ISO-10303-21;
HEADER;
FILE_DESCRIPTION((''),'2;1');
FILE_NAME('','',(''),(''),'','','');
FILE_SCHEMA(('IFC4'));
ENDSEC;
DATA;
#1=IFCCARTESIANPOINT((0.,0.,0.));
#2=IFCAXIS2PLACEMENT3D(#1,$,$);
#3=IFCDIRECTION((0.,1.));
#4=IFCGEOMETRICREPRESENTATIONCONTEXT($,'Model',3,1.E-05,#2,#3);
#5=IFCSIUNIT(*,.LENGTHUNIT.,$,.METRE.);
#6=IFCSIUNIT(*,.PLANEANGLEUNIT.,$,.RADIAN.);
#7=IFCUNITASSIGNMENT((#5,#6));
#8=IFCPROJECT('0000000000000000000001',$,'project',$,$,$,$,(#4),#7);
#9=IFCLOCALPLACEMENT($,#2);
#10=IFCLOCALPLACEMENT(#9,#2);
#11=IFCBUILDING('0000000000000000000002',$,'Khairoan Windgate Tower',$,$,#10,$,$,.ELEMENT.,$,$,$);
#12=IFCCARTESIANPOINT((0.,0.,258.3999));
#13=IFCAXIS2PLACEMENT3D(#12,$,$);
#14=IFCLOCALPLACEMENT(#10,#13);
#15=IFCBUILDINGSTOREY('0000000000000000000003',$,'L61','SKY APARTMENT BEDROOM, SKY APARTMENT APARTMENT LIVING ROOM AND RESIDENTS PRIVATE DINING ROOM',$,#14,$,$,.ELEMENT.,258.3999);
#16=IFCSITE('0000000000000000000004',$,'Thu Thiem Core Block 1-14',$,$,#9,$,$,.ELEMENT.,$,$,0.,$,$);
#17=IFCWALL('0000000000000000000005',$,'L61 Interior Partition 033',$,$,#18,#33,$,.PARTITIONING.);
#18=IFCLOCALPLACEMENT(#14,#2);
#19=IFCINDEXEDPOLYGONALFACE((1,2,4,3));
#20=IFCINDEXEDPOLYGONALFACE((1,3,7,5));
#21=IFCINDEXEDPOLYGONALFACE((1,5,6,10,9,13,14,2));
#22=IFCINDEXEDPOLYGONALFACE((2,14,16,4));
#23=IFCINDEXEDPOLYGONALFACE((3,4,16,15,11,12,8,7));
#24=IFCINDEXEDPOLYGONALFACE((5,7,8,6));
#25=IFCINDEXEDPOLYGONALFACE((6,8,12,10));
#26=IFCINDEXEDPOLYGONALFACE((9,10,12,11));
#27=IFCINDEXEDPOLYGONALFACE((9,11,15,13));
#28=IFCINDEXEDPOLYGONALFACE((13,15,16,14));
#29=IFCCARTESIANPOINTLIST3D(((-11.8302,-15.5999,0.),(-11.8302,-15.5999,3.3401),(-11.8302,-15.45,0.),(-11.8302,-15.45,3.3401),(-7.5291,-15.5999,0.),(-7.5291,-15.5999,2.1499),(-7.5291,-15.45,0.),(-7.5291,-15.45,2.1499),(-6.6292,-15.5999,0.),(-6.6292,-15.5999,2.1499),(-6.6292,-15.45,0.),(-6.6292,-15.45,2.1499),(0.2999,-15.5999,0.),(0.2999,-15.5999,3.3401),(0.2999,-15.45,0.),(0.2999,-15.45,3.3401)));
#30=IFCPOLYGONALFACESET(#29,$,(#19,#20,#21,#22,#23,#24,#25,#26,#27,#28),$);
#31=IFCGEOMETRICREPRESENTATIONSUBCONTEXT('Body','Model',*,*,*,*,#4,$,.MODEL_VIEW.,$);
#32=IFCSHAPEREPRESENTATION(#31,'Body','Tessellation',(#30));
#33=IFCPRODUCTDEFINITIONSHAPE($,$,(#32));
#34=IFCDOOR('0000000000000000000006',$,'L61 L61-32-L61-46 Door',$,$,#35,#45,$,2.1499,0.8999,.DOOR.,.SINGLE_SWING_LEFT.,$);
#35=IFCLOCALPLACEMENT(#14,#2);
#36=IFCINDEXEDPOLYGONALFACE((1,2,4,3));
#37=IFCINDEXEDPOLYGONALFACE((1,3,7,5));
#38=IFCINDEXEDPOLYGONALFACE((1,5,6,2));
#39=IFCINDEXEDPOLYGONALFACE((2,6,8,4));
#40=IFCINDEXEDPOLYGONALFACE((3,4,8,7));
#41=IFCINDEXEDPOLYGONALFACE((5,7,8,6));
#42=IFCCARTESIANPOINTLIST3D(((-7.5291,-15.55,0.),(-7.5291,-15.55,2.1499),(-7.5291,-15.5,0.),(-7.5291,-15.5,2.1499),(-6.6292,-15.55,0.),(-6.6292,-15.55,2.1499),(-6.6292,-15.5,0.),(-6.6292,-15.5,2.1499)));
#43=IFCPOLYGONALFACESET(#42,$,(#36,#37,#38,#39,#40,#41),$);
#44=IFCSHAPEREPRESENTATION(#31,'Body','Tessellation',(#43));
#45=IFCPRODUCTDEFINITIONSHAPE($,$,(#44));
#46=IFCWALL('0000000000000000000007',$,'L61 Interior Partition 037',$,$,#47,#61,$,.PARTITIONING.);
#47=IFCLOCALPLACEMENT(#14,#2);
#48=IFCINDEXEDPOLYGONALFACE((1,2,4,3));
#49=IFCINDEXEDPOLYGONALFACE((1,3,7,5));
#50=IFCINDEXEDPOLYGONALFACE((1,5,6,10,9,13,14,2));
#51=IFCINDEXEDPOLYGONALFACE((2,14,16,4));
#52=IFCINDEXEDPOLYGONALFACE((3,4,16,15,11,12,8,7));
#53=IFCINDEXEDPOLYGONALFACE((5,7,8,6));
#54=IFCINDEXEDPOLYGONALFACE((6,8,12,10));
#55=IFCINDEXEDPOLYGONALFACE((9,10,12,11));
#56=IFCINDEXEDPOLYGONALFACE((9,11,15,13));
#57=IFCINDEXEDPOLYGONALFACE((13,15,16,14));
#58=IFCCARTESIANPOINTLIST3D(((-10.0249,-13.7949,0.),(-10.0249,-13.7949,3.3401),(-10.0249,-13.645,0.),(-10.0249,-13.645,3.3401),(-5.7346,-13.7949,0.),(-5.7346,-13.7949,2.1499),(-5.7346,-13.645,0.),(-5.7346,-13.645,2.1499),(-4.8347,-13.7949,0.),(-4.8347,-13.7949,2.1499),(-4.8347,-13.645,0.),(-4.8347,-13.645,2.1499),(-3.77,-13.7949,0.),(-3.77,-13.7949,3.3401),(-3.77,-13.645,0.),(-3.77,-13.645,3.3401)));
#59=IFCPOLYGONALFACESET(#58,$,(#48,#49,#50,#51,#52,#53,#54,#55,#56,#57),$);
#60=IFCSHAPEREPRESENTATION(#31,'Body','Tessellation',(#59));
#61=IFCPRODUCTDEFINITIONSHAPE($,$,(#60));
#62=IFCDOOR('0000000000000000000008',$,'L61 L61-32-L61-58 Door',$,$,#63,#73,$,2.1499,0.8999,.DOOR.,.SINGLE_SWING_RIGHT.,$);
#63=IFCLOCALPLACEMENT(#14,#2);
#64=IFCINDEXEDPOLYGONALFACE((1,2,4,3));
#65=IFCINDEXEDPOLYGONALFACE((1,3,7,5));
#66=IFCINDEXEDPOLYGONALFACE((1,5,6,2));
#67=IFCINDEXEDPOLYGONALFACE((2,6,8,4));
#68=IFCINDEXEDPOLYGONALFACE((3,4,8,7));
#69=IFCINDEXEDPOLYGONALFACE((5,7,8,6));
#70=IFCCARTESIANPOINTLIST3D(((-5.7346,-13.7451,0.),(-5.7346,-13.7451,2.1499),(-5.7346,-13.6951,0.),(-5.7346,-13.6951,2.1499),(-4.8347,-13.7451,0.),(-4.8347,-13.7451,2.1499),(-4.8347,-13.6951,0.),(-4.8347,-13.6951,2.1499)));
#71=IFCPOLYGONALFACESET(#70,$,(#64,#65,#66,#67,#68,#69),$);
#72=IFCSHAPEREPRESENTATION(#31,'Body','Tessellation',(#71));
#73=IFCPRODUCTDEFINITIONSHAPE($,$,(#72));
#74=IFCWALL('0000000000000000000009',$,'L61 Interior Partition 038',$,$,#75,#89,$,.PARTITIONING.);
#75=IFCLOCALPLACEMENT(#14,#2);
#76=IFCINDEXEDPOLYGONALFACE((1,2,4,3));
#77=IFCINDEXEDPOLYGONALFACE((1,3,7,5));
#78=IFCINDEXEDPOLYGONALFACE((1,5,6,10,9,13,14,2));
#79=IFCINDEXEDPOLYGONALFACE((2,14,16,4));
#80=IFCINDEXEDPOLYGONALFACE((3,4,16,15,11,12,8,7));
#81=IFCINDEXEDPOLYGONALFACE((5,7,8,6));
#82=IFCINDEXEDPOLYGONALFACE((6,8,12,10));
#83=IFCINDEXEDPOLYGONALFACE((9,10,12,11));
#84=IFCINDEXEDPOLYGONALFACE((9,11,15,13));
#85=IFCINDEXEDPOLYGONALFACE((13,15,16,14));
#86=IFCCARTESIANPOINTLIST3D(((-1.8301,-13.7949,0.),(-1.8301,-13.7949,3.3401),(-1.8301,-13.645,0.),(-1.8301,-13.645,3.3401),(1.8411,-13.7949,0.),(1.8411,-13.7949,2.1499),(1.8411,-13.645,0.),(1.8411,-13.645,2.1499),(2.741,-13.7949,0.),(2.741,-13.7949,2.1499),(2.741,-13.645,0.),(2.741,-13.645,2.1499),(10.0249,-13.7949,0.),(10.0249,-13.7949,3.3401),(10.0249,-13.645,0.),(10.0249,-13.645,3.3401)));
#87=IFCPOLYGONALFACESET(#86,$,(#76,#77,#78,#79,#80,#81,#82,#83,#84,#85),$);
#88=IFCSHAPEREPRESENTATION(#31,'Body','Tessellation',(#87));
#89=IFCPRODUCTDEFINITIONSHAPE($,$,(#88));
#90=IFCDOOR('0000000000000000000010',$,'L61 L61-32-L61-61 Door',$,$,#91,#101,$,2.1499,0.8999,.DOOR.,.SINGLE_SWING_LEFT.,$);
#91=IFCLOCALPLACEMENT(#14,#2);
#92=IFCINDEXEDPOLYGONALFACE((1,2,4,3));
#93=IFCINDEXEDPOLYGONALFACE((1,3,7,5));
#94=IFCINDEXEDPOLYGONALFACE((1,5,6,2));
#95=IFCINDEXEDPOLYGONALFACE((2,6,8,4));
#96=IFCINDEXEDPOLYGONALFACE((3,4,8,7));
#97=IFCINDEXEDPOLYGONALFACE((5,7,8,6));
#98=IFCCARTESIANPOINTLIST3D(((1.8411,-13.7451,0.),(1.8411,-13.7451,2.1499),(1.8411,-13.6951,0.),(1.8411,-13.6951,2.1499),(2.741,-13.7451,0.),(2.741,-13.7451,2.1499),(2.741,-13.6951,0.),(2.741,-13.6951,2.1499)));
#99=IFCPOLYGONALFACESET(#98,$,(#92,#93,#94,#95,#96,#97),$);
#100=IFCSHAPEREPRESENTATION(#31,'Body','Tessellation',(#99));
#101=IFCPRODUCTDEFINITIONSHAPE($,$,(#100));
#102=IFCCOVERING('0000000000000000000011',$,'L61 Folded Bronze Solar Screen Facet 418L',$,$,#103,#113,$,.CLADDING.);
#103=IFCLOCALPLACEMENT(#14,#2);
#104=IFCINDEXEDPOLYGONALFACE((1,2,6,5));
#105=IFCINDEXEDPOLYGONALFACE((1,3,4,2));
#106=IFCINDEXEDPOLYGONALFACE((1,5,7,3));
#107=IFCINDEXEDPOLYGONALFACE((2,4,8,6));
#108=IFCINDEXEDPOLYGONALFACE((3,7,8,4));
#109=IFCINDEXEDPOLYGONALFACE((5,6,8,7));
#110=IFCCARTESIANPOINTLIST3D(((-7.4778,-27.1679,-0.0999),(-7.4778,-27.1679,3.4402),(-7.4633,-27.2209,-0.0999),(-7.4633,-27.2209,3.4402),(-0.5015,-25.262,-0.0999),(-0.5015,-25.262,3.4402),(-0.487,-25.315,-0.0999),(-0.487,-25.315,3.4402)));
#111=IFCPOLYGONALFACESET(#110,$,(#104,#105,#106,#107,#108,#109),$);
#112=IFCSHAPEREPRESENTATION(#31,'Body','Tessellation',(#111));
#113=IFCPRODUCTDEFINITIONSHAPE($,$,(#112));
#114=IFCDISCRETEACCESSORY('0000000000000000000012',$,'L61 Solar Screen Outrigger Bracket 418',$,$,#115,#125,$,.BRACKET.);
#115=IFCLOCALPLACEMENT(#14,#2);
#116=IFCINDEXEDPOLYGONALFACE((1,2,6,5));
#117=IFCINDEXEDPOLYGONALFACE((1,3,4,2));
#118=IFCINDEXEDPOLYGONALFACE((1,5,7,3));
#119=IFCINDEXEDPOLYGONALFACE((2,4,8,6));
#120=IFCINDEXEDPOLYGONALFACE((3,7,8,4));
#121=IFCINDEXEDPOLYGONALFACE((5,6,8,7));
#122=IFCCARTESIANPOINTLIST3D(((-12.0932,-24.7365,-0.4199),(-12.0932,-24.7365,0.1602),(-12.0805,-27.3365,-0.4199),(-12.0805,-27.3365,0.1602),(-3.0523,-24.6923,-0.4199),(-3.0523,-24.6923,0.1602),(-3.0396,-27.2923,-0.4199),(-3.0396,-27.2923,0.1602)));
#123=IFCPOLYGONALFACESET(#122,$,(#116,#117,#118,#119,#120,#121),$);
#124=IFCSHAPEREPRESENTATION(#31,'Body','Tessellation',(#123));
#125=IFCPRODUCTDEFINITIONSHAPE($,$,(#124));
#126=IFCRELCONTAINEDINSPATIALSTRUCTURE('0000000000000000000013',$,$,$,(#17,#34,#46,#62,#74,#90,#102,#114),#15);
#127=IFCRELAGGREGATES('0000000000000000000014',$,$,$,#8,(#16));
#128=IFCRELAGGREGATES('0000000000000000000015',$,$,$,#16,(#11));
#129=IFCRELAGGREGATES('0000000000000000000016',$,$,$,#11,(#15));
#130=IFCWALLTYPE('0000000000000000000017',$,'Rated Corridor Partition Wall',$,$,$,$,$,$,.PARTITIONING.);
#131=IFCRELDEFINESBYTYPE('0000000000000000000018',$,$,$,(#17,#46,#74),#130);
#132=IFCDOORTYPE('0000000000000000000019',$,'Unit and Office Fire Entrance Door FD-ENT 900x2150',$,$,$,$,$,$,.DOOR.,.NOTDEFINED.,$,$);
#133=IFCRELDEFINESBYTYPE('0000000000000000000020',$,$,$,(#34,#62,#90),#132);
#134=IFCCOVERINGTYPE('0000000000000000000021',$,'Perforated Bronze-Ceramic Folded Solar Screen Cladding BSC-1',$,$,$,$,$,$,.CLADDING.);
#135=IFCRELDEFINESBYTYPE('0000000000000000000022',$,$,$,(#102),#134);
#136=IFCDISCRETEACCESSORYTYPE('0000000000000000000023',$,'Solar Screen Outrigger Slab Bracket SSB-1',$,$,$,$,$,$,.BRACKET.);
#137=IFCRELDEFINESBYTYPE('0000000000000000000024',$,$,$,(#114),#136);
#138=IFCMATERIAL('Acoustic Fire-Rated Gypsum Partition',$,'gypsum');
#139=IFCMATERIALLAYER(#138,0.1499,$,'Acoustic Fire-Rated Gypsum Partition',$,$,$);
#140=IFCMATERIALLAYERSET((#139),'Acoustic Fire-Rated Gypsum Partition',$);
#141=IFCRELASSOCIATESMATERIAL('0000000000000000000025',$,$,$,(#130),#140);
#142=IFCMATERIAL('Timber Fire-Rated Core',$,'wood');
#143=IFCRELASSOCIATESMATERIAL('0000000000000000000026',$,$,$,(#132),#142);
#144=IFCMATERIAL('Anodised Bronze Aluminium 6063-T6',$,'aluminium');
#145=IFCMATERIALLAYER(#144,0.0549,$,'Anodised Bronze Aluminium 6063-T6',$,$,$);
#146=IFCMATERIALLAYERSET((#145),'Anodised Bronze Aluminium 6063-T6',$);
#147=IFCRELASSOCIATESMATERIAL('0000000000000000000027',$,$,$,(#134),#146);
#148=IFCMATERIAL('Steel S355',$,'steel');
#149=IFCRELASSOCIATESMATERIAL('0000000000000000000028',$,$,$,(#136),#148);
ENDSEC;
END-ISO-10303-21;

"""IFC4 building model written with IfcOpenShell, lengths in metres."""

from ifc_helpers import new_model, si_unit, direction, frame, frame_2d, origin, origin_2d, place, context, subcontext, project, spatial, rectangle, extrude, material, layer, layer_set, type_object, element, fill, save


model = new_model("IFC4")

# Units and contexts
model_context = context("Model", 3, precision=1e-05, world=origin(), true_north=direction((0.0, 1.0)))
body_context = subcontext(model_context, "Body", "Model", "MODEL_VIEW")
ifc_project = project(units=[si_unit("LENGTHUNIT", "METRE"), si_unit("PLANEANGLEUNIT", "RADIAN")], contexts=[model_context])

# Site, building, storey
site_placement = place(None, origin())
site = spatial("IfcSite", under=ifc_project, at=site_placement, Name="Thu Thiem Core Block 1-14", CompositionType="ELEMENT", RefElevation=0.0)
building_placement = place(site_placement, origin())
building = spatial("IfcBuilding", under=site, at=building_placement, Name="Khairoan Windgate Tower", CompositionType="ELEMENT")
storey_placement = place(building_placement, frame((0.0, 0.0, 258.3999)))
storey = spatial("IfcBuildingStorey", under=building, at=storey_placement, Name="L61", Description="SKY APARTMENT BEDROOM, SKY APARTMENT APARTMENT LIVING ROOM AND RESIDENTS PRIVATE DINING ROOM", CompositionType="ELEMENT", Elevation=258.3999)

# Walls, openings, doors
ifc_material_1 = material(Name="Acoustic Fire-Rated Gypsum Partition", Category="gypsum")
ifc_layer_1 = layer(ifc_material_1, 0.1499, Name="Acoustic Fire-Rated Gypsum Partition")
ifc_layer_set_1 = layer_set([ifc_layer_1], Name="Acoustic Fire-Rated Gypsum Partition")
wall_type_1 = type_object("IfcWallType", Name="Rated Corridor Partition Wall", PredefinedType="PARTITIONING", material=ifc_layer_set_1)
ifc_material_2 = material(Name="Timber Fire-Rated Core", Category="wood")
door_type_1 = type_object("IfcDoorType", Name="Unit and Office Fire Entrance Door FD-ENT 900x2150", OperationType="NOTDEFINED", PredefinedType="DOOR", material=ifc_material_2)
wall_1_placement = place(storey_placement, frame((-11.8301, -15.5249, 0.0), z_axis=(0.0, 0.0, 1.0), x_axis=(1.0, 0.0, 0.0)))
wall_1 = element("IfcWall", 1, at=wall_1_placement, inside=storey, type_object=wall_type_1, Name="L61 Interior Partition 033", PredefinedType="PARTITIONING", context=body_context, shape_type="SweptSolid", body=[
    extrude(rectangle(XDim=12.1301, YDim=0.1499, at=frame_2d((6.0649, 0.0))), origin(), (0.0, 0.0, 1.0), 3.3401),
])
opening_1_placement = place(wall_1_placement, frame((4.301, 0.0, 0.0)))
opening_1 = element("IfcOpeningElement", 2, at=opening_1_placement, cuts=wall_1, PredefinedType="OPENING", context=body_context, shape_type="SweptSolid", body=[
    extrude(rectangle(XDim=0.8999, YDim=2.1499, at=frame_2d((0.45, 1.075))), frame((0.0, 0.085, 0.0), z_axis=(0.0, -1.0, 0.0), x_axis=(1.0, 0.0, 0.0)), (0.0, 0.0, 1.0), 0.1699),
])
door_1_placement = place(opening_1_placement, origin())
door_1 = element("IfcDoor", 3, at=door_1_placement, inside=storey, type_object=door_type_1, Name="L61 L61-32-L61-46 Door", OperationType="SINGLE_SWING_LEFT", OverallHeight=2.1499, OverallWidth=0.8999, PredefinedType="DOOR", context=body_context, shape_type="SweptSolid", body=[
    extrude(rectangle(XDim=0.8999, YDim=2.1499, at=frame_2d((0.45, 1.075))), frame((0.0, 0.0249, 0.0), z_axis=(0.0, -1.0, 0.0), x_axis=(1.0, 0.0, 0.0)), (0.0, 0.0, 1.0), 0.05),
])
fill(opening_1, door_1)
wall_2_placement = place(storey_placement, frame((-10.0249, -13.72, 0.0), z_axis=(0.0, 0.0, 1.0), x_axis=(1.0, 0.0, 0.0)))
wall_2 = element("IfcWall", 4, at=wall_2_placement, inside=storey, type_object=wall_type_1, Name="L61 Interior Partition 037", PredefinedType="PARTITIONING", context=body_context, shape_type="SweptSolid", body=[
    extrude(rectangle(XDim=6.2549, YDim=0.1499, at=frame_2d((3.1274, 0.0))), origin(), (0.0, 0.0, 1.0), 3.3401),
])
opening_2_placement = place(wall_2_placement, frame((4.2903, 0.0, 0.0)))
opening_2 = element("IfcOpeningElement", 5, at=opening_2_placement, cuts=wall_2, PredefinedType="OPENING", context=body_context, shape_type="SweptSolid", body=[
    extrude(rectangle(XDim=0.8999, YDim=2.1499, at=frame_2d((0.45, 1.075))), frame((0.0, 0.085, 0.0), z_axis=(0.0, -1.0, 0.0), x_axis=(1.0, 0.0, 0.0)), (0.0, 0.0, 1.0), 0.1699),
])
door_2_placement = place(opening_2_placement, origin())
door_2 = element("IfcDoor", 6, at=door_2_placement, inside=storey, type_object=door_type_1, Name="L61 L61-32-L61-58 Door", OperationType="SINGLE_SWING_RIGHT", OverallHeight=2.1499, OverallWidth=0.8999, PredefinedType="DOOR", context=body_context, shape_type="SweptSolid", body=[
    extrude(rectangle(XDim=0.8999, YDim=2.1499, at=frame_2d((0.45, 1.075))), frame((0.0, 0.0249, 0.0), z_axis=(0.0, -1.0, 0.0), x_axis=(1.0, 0.0, 0.0)), (0.0, 0.0, 1.0), 0.05),
])
fill(opening_2, door_2)
wall_3_placement = place(storey_placement, frame((-1.8301, -13.72, 0.0), z_axis=(0.0, 0.0, 1.0), x_axis=(1.0, 0.0, 0.0)))
wall_3 = element("IfcWall", 7, at=wall_3_placement, inside=storey, type_object=wall_type_1, Name="L61 Interior Partition 038", PredefinedType="PARTITIONING", context=body_context, shape_type="SweptSolid", body=[
    extrude(rectangle(XDim=11.855, YDim=0.1499, at=frame_2d((5.9275, 0.0))), origin(), (0.0, 0.0, 1.0), 3.3401),
])
opening_3_placement = place(wall_3_placement, frame((3.6711, 0.0, 0.0)))
opening_3 = element("IfcOpeningElement", 8, at=opening_3_placement, cuts=wall_3, PredefinedType="OPENING", context=body_context, shape_type="SweptSolid", body=[
    extrude(rectangle(XDim=0.8999, YDim=2.1499, at=frame_2d((0.45, 1.075))), frame((0.0, 0.085, 0.0), z_axis=(0.0, -1.0, 0.0), x_axis=(1.0, 0.0, 0.0)), (0.0, 0.0, 1.0), 0.1699),
])
door_3_placement = place(opening_3_placement, origin())
door_3 = element("IfcDoor", 9, at=door_3_placement, inside=storey, type_object=door_type_1, Name="L61 L61-32-L61-61 Door", OperationType="SINGLE_SWING_LEFT", OverallHeight=2.1499, OverallWidth=0.8999, PredefinedType="DOOR", context=body_context, shape_type="SweptSolid", body=[
    extrude(rectangle(XDim=0.8999, YDim=2.1499, at=frame_2d((0.45, 1.075))), frame((0.0, 0.0249, 0.0), z_axis=(0.0, -1.0, 0.0), x_axis=(1.0, 0.0, 0.0)), (0.0, 0.0, 1.0), 0.05),
])
fill(opening_3, door_3)

# Covering
ifc_material_3 = material(Name="Anodised Bronze Aluminium 6063-T6", Category="aluminium")
ifc_layer_2 = layer(ifc_material_3, 0.0549, Name="Anodised Bronze Aluminium 6063-T6")
ifc_layer_set_2 = layer_set([ifc_layer_2], Name="Anodised Bronze Aluminium 6063-T6")
covering_type = type_object("IfcCoveringType", Name="Perforated Bronze-Ceramic Folded Solar Screen Cladding BSC-1", PredefinedType="CLADDING", material=ifc_layer_set_2)
covering_placement = place(storey_placement, frame((-3.9824, -26.2415, -0.0999), z_axis=(0.0, 0.0, 1.0), x_axis=(-0.964649, -0.263536, 0.0)))
element("IfcCovering", 10, at=covering_placement, inside=storey, type_object=covering_type, Name="L61 Folded Bronze Solar Screen Facet 418L", PredefinedType="CLADDING", context=body_context, shape_type="SweptSolid", body=[
    extrude(rectangle(XDim=7.2319, YDim=0.0549, at=origin_2d()), origin(), (0.0, 0.0, 1.0), 3.54),
])

# Discrete accessory
ifc_material_4 = material(Name="Steel S355", Category="steel")
discrete_accessory_type = type_object("IfcDiscreteAccessoryType", Name="Solar Screen Outrigger Slab Bracket SSB-1", PredefinedType="BRACKET", material=ifc_material_4)
discrete_accessory_placement = place(storey_placement, frame((-7.5664, -26.0144, -0.4199), z_axis=(0.0, 0.0, 1.0), x_axis=(-0.999988, -0.004887, 0.0)))
element("IfcDiscreteAccessory", 11, at=discrete_accessory_placement, inside=storey, type_object=discrete_accessory_type, Name="L61 Solar Screen Outrigger Bracket 418", PredefinedType="BRACKET", context=body_context, shape_type="SweptSolid", body=[
    extrude(rectangle(XDim=9.041, YDim=2.6001, at=origin_2d()), origin(), (0.0, 0.0, 1.0), 0.5801),
])

save(model, "model.ifc")
